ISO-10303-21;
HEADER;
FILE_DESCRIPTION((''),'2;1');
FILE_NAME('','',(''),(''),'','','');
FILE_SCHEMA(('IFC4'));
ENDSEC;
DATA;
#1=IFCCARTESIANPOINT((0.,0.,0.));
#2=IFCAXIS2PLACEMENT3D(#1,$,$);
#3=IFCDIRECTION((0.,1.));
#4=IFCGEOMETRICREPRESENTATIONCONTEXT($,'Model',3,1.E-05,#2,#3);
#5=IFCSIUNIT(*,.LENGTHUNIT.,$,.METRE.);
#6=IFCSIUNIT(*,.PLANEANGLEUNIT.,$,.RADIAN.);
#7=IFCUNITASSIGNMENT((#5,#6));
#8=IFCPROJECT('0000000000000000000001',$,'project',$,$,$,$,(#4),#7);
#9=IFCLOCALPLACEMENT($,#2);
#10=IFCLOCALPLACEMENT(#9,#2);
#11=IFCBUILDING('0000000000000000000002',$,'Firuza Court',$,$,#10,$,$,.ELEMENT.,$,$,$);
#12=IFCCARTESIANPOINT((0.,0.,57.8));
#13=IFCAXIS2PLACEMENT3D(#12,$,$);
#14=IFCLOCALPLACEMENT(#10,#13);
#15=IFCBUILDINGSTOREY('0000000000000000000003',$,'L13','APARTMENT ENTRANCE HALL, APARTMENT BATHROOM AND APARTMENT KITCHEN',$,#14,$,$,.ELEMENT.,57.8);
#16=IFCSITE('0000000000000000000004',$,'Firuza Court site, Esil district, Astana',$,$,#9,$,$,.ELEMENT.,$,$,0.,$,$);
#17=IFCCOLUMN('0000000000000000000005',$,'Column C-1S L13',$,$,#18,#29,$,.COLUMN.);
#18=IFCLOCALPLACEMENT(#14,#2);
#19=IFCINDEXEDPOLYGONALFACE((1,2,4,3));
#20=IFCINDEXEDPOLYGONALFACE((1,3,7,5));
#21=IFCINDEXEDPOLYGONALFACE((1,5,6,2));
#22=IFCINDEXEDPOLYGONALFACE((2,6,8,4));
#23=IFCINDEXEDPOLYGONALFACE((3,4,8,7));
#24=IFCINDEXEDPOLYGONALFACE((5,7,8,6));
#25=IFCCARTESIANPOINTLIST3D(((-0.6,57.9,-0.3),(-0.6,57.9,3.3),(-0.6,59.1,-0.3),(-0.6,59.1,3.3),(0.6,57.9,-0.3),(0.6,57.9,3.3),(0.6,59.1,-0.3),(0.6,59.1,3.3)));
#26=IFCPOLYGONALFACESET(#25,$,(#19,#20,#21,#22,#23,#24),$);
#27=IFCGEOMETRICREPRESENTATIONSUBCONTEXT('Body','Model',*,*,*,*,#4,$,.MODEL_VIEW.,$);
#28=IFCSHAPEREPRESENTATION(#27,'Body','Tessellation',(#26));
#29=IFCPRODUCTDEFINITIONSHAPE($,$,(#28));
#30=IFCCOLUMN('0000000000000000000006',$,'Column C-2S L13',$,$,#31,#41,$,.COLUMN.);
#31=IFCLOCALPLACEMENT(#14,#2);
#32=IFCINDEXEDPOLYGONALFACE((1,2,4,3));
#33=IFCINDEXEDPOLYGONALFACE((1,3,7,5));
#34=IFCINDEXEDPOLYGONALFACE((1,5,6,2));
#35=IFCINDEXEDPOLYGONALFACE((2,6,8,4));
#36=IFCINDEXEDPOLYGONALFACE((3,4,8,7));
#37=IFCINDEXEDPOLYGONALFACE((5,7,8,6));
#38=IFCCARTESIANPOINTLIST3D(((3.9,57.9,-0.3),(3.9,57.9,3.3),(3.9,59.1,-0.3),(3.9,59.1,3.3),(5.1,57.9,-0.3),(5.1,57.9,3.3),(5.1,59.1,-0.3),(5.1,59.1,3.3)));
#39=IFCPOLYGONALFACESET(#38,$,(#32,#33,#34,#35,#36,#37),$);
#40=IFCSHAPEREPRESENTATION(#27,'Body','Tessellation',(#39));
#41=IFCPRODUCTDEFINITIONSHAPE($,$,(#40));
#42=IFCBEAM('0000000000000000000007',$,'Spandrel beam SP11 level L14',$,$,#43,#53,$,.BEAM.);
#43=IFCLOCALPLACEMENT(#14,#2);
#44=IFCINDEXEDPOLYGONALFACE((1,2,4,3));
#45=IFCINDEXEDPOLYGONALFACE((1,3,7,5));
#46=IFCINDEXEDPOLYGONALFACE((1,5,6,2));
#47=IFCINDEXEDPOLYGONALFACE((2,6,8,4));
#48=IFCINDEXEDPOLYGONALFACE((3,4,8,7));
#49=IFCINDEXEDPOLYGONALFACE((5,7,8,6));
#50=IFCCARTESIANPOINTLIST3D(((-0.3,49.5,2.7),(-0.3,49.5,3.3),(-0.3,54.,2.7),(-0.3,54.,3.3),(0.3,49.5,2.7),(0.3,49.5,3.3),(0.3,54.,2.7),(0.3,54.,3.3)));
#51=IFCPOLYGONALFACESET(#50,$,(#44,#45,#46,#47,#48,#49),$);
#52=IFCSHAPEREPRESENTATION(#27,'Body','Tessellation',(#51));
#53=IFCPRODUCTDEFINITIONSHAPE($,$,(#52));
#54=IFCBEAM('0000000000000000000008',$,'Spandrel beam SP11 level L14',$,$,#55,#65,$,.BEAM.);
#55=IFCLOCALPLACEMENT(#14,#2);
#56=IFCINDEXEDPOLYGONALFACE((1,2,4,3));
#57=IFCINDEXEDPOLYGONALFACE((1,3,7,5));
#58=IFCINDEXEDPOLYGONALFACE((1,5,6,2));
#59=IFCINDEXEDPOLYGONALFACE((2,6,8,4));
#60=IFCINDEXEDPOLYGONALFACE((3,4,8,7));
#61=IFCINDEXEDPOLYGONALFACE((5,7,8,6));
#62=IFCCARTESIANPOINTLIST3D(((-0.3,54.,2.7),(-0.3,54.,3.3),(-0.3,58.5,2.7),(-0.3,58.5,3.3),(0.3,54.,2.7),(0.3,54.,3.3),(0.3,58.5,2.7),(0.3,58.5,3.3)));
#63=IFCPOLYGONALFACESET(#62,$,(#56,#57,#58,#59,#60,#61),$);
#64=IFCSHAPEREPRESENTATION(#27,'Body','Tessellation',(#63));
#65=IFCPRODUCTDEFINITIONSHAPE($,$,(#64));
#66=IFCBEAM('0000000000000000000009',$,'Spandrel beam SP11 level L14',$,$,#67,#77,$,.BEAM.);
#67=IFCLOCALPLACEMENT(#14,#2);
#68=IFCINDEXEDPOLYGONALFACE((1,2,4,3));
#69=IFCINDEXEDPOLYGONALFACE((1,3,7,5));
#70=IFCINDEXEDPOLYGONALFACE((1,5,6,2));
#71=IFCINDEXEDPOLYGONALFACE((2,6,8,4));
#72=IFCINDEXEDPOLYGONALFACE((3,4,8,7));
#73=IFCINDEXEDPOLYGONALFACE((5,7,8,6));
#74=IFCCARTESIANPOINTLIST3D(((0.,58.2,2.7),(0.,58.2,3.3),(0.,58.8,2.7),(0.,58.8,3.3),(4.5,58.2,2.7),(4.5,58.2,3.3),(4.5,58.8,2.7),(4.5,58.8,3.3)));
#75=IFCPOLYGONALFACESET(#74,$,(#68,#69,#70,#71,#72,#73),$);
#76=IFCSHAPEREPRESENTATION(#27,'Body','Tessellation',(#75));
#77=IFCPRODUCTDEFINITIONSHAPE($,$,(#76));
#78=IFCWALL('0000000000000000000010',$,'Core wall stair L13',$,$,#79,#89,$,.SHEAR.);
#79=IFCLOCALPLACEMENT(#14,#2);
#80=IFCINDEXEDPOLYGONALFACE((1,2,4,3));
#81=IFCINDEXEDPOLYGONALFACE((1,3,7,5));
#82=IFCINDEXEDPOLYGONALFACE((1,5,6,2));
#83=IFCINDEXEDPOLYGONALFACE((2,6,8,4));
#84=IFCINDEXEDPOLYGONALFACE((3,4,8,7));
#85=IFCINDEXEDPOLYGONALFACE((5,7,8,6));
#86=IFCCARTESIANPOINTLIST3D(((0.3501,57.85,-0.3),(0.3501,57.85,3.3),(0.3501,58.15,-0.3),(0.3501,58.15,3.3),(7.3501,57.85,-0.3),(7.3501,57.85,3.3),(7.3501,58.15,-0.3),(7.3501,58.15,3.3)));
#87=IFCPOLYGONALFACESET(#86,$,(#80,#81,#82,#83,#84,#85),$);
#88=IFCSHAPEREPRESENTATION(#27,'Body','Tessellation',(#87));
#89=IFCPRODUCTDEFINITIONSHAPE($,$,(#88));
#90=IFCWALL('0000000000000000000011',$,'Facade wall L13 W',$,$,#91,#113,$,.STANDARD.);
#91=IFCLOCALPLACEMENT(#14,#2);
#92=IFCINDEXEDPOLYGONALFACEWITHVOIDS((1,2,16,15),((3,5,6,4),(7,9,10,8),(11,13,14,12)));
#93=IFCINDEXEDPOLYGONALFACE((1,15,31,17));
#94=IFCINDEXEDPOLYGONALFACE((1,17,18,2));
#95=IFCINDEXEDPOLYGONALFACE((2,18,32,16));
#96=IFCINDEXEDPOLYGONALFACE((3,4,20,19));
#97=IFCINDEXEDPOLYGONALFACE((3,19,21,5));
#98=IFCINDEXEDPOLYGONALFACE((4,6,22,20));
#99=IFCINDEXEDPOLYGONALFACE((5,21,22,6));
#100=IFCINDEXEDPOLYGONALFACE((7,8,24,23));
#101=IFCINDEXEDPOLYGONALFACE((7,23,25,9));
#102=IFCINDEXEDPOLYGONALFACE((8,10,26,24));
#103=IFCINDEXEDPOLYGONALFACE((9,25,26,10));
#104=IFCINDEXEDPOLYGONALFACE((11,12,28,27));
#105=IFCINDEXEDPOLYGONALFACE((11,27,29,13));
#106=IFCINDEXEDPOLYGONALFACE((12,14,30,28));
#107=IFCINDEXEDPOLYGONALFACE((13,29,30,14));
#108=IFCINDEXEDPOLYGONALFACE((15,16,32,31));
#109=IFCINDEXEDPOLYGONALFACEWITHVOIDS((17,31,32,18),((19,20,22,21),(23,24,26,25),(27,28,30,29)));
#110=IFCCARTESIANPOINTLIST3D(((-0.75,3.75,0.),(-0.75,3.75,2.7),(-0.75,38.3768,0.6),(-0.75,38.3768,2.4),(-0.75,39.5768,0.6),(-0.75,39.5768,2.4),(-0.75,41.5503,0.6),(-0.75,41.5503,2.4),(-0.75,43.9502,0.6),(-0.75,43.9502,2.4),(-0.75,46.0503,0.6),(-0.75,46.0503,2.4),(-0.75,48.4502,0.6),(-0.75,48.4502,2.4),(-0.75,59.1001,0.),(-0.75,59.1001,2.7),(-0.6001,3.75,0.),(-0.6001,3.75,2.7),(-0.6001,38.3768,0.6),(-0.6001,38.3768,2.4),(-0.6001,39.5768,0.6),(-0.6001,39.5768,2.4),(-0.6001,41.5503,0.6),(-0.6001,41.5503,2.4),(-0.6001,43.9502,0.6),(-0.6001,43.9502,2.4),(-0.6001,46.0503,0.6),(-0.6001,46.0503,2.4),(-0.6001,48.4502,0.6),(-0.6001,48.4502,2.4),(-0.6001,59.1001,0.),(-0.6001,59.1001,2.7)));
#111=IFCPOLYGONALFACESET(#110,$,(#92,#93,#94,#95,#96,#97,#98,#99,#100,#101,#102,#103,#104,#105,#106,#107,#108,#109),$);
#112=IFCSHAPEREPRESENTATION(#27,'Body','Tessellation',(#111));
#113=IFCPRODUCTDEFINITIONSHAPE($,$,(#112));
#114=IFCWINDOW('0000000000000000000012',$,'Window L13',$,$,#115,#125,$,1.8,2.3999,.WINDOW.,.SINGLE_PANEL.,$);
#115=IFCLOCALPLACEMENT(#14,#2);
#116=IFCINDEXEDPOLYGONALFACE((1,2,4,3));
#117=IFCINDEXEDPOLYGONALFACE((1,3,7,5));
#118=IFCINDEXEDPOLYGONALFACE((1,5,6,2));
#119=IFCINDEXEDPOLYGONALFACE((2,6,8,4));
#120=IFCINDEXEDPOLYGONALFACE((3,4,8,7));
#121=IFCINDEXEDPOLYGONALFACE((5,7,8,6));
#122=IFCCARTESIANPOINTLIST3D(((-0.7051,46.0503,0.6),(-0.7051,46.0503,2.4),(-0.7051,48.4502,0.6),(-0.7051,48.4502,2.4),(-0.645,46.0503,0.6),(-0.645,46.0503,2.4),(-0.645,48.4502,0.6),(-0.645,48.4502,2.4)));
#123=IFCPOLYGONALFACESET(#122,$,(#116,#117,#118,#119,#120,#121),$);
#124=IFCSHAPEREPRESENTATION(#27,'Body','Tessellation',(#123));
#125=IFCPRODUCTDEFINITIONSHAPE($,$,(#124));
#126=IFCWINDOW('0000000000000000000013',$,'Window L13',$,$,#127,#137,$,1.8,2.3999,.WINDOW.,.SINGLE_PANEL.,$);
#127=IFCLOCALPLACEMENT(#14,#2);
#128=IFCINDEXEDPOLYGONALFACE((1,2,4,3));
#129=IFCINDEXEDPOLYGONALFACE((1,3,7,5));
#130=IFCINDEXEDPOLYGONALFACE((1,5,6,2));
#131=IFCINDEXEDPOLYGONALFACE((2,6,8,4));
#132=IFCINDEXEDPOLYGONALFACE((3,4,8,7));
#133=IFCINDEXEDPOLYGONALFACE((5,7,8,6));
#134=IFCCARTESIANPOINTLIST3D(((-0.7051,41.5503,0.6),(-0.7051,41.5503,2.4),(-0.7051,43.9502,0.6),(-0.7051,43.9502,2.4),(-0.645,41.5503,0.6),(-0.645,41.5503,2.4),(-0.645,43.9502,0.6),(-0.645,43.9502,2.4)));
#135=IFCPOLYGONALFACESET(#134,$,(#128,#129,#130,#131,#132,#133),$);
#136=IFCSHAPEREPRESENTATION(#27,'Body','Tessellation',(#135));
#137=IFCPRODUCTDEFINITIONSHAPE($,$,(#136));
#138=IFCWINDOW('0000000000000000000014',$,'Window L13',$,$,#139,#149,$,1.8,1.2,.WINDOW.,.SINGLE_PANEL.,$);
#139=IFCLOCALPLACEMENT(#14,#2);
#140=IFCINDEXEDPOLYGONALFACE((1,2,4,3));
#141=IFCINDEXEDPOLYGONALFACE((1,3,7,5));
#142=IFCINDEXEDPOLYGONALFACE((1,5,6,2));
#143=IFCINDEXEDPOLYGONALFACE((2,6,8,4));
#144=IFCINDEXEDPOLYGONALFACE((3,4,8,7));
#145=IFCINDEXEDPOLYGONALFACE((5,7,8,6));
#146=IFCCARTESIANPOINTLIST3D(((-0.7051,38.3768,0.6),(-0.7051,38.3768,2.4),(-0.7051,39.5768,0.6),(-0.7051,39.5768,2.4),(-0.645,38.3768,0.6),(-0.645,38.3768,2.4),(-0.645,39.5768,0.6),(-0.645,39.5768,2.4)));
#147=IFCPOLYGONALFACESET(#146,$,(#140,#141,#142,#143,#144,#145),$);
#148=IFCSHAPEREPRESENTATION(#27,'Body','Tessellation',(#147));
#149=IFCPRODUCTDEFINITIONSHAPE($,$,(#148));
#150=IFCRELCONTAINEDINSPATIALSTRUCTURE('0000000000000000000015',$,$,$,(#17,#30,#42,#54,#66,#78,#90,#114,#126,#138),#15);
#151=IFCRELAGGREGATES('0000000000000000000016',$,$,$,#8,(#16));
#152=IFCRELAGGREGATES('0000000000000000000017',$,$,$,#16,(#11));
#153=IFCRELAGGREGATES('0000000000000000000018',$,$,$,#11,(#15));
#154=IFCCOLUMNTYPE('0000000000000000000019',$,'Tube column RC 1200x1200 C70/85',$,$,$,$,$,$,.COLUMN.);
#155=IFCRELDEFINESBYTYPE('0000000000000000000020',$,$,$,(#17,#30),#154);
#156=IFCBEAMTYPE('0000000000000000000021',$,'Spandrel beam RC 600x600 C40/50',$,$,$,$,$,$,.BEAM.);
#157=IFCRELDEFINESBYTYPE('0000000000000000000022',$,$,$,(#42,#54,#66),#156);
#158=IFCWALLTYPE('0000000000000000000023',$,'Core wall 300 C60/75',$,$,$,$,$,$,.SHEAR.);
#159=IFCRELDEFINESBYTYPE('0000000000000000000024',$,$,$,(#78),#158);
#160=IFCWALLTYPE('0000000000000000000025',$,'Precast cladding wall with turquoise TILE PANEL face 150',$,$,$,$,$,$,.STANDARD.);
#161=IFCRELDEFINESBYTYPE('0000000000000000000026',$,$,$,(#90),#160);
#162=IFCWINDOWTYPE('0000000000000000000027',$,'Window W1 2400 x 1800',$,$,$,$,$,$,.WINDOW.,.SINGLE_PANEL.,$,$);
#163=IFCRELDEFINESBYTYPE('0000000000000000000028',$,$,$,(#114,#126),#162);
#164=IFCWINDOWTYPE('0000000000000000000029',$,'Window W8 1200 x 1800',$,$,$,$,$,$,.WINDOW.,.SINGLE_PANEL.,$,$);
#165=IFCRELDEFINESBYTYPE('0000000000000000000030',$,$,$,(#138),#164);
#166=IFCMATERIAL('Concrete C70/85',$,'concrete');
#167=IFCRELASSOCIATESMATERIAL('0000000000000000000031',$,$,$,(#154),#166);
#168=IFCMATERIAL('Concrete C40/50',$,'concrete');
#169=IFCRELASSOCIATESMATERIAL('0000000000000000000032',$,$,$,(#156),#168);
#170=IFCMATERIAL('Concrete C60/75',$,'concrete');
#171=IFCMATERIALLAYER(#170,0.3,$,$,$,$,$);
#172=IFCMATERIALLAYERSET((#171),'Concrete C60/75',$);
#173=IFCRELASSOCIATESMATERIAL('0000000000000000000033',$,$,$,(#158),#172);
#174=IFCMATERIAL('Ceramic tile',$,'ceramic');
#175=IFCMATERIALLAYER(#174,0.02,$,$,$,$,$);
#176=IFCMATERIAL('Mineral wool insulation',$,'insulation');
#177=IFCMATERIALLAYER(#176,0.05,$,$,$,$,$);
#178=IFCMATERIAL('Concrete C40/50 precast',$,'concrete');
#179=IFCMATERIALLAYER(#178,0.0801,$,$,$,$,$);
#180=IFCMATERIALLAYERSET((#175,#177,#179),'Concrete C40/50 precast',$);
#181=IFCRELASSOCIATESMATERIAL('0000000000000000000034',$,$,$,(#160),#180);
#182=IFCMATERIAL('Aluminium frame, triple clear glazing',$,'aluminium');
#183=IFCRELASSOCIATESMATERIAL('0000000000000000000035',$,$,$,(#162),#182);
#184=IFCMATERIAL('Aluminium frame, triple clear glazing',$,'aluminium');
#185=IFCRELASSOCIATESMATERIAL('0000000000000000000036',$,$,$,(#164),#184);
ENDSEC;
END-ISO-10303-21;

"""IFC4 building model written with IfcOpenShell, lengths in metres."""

from ifc_helpers import new_model, si_unit, direction, frame, frame_2d, origin, origin_2d, place, context, subcontext, project, spatial, rectangle, extrude, material, layer, layer_set, material_profile, profile_set, type_object, element, fill, save


model = new_model("IFC4")

# Units and contexts
model_context = context("Model", 3, precision=1e-05, world=origin(), true_north=direction((0.0, 1.0)))
body_context = subcontext(model_context, "Body", "Model", "MODEL_VIEW")
ifc_project = project(units=[si_unit("LENGTHUNIT", "METRE"), si_unit("PLANEANGLEUNIT", "RADIAN")], contexts=[model_context])

# Site, building, storey
site_placement = place(None, origin())
site = spatial("IfcSite", under=ifc_project, at=site_placement, Name="Firuza Court site, Esil district, Astana", CompositionType="ELEMENT", RefElevation=0.0)
building_placement = place(site_placement, origin())
building = spatial("IfcBuilding", under=site, at=building_placement, Name="Firuza Court", CompositionType="ELEMENT")
storey_placement = place(building_placement, frame((0.0, 0.0, 57.8)))
storey = spatial("IfcBuildingStorey", under=building, at=storey_placement, Name="L13", Description="APARTMENT ENTRANCE HALL, APARTMENT BATHROOM AND APARTMENT KITCHEN", CompositionType="ELEMENT", Elevation=57.8)

# Columns
ifc_material_1 = material(Name="Concrete C70/85", Category="concrete")
ifc_material_profile_1 = material_profile(ifc_material_1, rectangle(XDim=1.2, YDim=1.2, at=origin_2d()), Name="RC 1200x1200")
ifc_profile_set_1 = profile_set([ifc_material_profile_1], Name="Concrete C70/85")
column_type = type_object("IfcColumnType", Name="Tube column RC 1200x1200 C70/85", PredefinedType="COLUMN", material=ifc_profile_set_1)
for number, where, z_axis, x_axis, name in (
    (1, (0.0, 58.5, -0.3), (0.0, 0.0, 1.0), (1.0, 0.0, 0.0), "Column C-1S L13"),
    (2, (4.5, 58.5, -0.3), (0.0, 0.0, 1.0), (1.0, 0.0, 0.0), "Column C-2S L13"),
):
    element("IfcColumn", number, at=place(storey_placement, frame(where, z_axis=z_axis, x_axis=x_axis)), inside=storey, type_object=column_type, Name=name, PredefinedType="COLUMN", context=body_context, shape_type="SweptSolid", body=[
        extrude(rectangle(XDim=1.2, YDim=1.2, at=origin_2d()), origin(), (0.0, 0.0, 1.0), 3.6001),
    ])

# Beams
ifc_material_2 = material(Name="Concrete C40/50", Category="concrete")
ifc_material_profile_2 = material_profile(ifc_material_2, rectangle(XDim=0.6001, YDim=0.6001, at=origin_2d()), Name="RC 600x600")
ifc_profile_set_2 = profile_set([ifc_material_profile_2], Name="Concrete C40/50")
beam_type = type_object("IfcBeamType", Name="Spandrel beam RC 600x600 C40/50", PredefinedType="BEAM", material=ifc_profile_set_2)
for number, where, z_axis, x_axis, name in (
    (3, (0.0, 54.0, 3.0), (0.0, -1.0, 0.0), (1.0, 0.0, 0.0), "Spandrel beam SP11 level L14"),
    (4, (0.0, 58.5, 3.0), (0.0, -1.0, 0.0), (1.0, 0.0, 0.0), "Spandrel beam SP11 level L14"),
    (5, (4.5, 58.5, 3.0), (-1.0, 0.0, 0.0), (0.0, -1.0, 0.0), "Spandrel beam SP11 level L14"),
):
    element("IfcBeam", number, at=place(storey_placement, frame(where, z_axis=z_axis, x_axis=x_axis)), inside=storey, type_object=beam_type, Name=name, PredefinedType="BEAM", context=body_context, shape_type="SweptSolid", body=[
        extrude(rectangle(XDim=0.6001, YDim=0.6001, at=origin_2d()), origin(), (0.0, 0.0, 1.0), 4.5),
    ])

# Wall
ifc_material_3 = material(Name="Concrete C60/75", Category="concrete")
ifc_layer_1 = layer(ifc_material_3, 0.3)
ifc_layer_set_1 = layer_set([ifc_layer_1], Name="Concrete C60/75")
wall_type_1 = type_object("IfcWallType", Name="Core wall 300 C60/75", PredefinedType="SHEAR", material=ifc_layer_set_1)
wall_1_placement = place(storey_placement, frame((0.3501, 58.0, -0.3), z_axis=(0.0, 0.0, 1.0), x_axis=(1.0, 0.0, 0.0)))
element("IfcWall", 6, at=wall_1_placement, inside=storey, type_object=wall_type_1, Name="Core wall stair L13", PredefinedType="SHEAR", context=body_context, shape_type="SweptSolid", body=[
    extrude(rectangle(XDim=7.0, YDim=0.3, at=frame_2d((3.5, 0.0))), origin(), (0.0, 0.0, 1.0), 3.6001),
])

# Wall, openings, windows
ifc_material_4 = material(Name="Ceramic tile", Category="ceramic")
ifc_layer_2 = layer(ifc_material_4, 0.02)
ifc_material_5 = material(Name="Mineral wool insulation", Category="insulation")
ifc_layer_3 = layer(ifc_material_5, 0.05)
ifc_material_6 = material(Name="Concrete C40/50 precast", Category="concrete")
ifc_layer_4 = layer(ifc_material_6, 0.0801)
ifc_layer_set_2 = layer_set([ifc_layer_2, ifc_layer_3, ifc_layer_4], Name="Concrete C40/50 precast")
wall_type_2 = type_object("IfcWallType", Name="Precast cladding wall with turquoise TILE PANEL face 150", PredefinedType="STANDARD", material=ifc_layer_set_2)
wall_2_placement = place(storey_placement, frame((-0.675, 59.1001, 0.0), z_axis=(0.0, 0.0, 1.0), x_axis=(0.0, -1.0, 0.0)))
wall_2 = element("IfcWall", 7, at=wall_2_placement, inside=storey, type_object=wall_type_2, Name="Facade wall L13 W", PredefinedType="STANDARD", context=body_context, shape_type="SweptSolid", body=[
    extrude(rectangle(XDim=55.3501, YDim=0.1499, at=frame_2d((27.675, 0.0))), origin(), (0.0, 0.0, 1.0), 2.7),
])
opening_1_placement = place(wall_2_placement, frame((10.6499, 0.0, 0.6001)))
opening_1 = element("IfcOpeningElement", 8, at=opening_1_placement, cuts=wall_2, PredefinedType="OPENING", context=body_context, shape_type="SweptSolid", body=[
    extrude(rectangle(XDim=2.3999, YDim=1.8, at=frame_2d((1.2, 0.8999))), frame((0.0, 0.0869, 0.0), z_axis=(0.0, -1.0, 0.0), x_axis=(1.0, 0.0, 0.0)), (0.0, 0.0, 1.0), 0.1738),
])
opening_2_placement = place(wall_2_placement, frame((15.1499, 0.0, 0.6001)))
opening_2 = element("IfcOpeningElement", 9, at=opening_2_placement, cuts=wall_2, PredefinedType="OPENING", context=body_context, shape_type="SweptSolid", body=[
    extrude(rectangle(XDim=2.3999, YDim=1.8, at=frame_2d((1.2, 0.8999))), frame((0.0, 0.0869, 0.0), z_axis=(0.0, -1.0, 0.0), x_axis=(1.0, 0.0, 0.0)), (0.0, 0.0, 1.0), 0.1738),
])
opening_3_placement = place(wall_2_placement, frame((19.5232, 0.0, 0.6001)))
opening_3 = element("IfcOpeningElement", 10, at=opening_3_placement, cuts=wall_2, PredefinedType="OPENING", context=body_context, shape_type="SweptSolid", body=[
    extrude(rectangle(XDim=1.2, YDim=1.8, at=frame_2d((0.6001, 0.8999))), frame((0.0, 0.0869, 0.0), z_axis=(0.0, -1.0, 0.0), x_axis=(1.0, 0.0, 0.0)), (0.0, 0.0, 1.0), 0.1738),
])
ifc_material_7 = material(Name="Aluminium frame, triple clear glazing", Category="aluminium")
window_type_1 = type_object("IfcWindowType", Name="Window W1 2400 x 1800", PartitioningType="SINGLE_PANEL", PredefinedType="WINDOW", material=ifc_material_7)
window_1_placement = place(opening_1_placement, origin())
window_1 = element("IfcWindow", 11, at=window_1_placement, inside=storey, type_object=window_type_1, Name="Window L13", OverallHeight=1.8, OverallWidth=2.3999, PartitioningType="SINGLE_PANEL", PredefinedType="WINDOW", context=body_context, shape_type="SweptSolid", body=[
    extrude(rectangle(XDim=2.3999, YDim=1.8, at=frame_2d((1.2, 0.8999))), frame((0.0, 0.03, 0.0), z_axis=(0.0, -1.0, 0.0), x_axis=(1.0, 0.0, 0.0)), (0.0, 0.0, 1.0), 0.0601),
])
fill(opening_1, window_1)
window_2_placement = place(opening_2_placement, origin())
window_2 = element("IfcWindow", 12, at=window_2_placement, inside=storey, type_object=window_type_1, Name="Window L13", OverallHeight=1.8, OverallWidth=2.3999, PartitioningType="SINGLE_PANEL", PredefinedType="WINDOW", context=body_context, shape_type="SweptSolid", body=[
    extrude(rectangle(XDim=2.3999, YDim=1.8, at=frame_2d((1.2, 0.8999))), frame((0.0, 0.03, 0.0), z_axis=(0.0, -1.0, 0.0), x_axis=(1.0, 0.0, 0.0)), (0.0, 0.0, 1.0), 0.0601),
])
fill(opening_2, window_2)
ifc_material_8 = material(Name="Aluminium frame, triple clear glazing", Category="aluminium")
window_type_2 = type_object("IfcWindowType", Name="Window W8 1200 x 1800", PartitioningType="SINGLE_PANEL", PredefinedType="WINDOW", material=ifc_material_8)
window_3_placement = place(opening_3_placement, origin())
window_3 = element("IfcWindow", 13, at=window_3_placement, inside=storey, type_object=window_type_2, Name="Window L13", OverallHeight=1.8, OverallWidth=1.2, PartitioningType="SINGLE_PANEL", PredefinedType="WINDOW", context=body_context, shape_type="SweptSolid", body=[
    extrude(rectangle(XDim=1.2, YDim=1.8, at=frame_2d((0.6001, 0.8999))), frame((0.0, 0.03, 0.0), z_axis=(0.0, -1.0, 0.0), x_axis=(1.0, 0.0, 0.0)), (0.0, 0.0, 1.0), 0.0601),
])
fill(opening_3, window_3)

save(model, "model.ifc")
